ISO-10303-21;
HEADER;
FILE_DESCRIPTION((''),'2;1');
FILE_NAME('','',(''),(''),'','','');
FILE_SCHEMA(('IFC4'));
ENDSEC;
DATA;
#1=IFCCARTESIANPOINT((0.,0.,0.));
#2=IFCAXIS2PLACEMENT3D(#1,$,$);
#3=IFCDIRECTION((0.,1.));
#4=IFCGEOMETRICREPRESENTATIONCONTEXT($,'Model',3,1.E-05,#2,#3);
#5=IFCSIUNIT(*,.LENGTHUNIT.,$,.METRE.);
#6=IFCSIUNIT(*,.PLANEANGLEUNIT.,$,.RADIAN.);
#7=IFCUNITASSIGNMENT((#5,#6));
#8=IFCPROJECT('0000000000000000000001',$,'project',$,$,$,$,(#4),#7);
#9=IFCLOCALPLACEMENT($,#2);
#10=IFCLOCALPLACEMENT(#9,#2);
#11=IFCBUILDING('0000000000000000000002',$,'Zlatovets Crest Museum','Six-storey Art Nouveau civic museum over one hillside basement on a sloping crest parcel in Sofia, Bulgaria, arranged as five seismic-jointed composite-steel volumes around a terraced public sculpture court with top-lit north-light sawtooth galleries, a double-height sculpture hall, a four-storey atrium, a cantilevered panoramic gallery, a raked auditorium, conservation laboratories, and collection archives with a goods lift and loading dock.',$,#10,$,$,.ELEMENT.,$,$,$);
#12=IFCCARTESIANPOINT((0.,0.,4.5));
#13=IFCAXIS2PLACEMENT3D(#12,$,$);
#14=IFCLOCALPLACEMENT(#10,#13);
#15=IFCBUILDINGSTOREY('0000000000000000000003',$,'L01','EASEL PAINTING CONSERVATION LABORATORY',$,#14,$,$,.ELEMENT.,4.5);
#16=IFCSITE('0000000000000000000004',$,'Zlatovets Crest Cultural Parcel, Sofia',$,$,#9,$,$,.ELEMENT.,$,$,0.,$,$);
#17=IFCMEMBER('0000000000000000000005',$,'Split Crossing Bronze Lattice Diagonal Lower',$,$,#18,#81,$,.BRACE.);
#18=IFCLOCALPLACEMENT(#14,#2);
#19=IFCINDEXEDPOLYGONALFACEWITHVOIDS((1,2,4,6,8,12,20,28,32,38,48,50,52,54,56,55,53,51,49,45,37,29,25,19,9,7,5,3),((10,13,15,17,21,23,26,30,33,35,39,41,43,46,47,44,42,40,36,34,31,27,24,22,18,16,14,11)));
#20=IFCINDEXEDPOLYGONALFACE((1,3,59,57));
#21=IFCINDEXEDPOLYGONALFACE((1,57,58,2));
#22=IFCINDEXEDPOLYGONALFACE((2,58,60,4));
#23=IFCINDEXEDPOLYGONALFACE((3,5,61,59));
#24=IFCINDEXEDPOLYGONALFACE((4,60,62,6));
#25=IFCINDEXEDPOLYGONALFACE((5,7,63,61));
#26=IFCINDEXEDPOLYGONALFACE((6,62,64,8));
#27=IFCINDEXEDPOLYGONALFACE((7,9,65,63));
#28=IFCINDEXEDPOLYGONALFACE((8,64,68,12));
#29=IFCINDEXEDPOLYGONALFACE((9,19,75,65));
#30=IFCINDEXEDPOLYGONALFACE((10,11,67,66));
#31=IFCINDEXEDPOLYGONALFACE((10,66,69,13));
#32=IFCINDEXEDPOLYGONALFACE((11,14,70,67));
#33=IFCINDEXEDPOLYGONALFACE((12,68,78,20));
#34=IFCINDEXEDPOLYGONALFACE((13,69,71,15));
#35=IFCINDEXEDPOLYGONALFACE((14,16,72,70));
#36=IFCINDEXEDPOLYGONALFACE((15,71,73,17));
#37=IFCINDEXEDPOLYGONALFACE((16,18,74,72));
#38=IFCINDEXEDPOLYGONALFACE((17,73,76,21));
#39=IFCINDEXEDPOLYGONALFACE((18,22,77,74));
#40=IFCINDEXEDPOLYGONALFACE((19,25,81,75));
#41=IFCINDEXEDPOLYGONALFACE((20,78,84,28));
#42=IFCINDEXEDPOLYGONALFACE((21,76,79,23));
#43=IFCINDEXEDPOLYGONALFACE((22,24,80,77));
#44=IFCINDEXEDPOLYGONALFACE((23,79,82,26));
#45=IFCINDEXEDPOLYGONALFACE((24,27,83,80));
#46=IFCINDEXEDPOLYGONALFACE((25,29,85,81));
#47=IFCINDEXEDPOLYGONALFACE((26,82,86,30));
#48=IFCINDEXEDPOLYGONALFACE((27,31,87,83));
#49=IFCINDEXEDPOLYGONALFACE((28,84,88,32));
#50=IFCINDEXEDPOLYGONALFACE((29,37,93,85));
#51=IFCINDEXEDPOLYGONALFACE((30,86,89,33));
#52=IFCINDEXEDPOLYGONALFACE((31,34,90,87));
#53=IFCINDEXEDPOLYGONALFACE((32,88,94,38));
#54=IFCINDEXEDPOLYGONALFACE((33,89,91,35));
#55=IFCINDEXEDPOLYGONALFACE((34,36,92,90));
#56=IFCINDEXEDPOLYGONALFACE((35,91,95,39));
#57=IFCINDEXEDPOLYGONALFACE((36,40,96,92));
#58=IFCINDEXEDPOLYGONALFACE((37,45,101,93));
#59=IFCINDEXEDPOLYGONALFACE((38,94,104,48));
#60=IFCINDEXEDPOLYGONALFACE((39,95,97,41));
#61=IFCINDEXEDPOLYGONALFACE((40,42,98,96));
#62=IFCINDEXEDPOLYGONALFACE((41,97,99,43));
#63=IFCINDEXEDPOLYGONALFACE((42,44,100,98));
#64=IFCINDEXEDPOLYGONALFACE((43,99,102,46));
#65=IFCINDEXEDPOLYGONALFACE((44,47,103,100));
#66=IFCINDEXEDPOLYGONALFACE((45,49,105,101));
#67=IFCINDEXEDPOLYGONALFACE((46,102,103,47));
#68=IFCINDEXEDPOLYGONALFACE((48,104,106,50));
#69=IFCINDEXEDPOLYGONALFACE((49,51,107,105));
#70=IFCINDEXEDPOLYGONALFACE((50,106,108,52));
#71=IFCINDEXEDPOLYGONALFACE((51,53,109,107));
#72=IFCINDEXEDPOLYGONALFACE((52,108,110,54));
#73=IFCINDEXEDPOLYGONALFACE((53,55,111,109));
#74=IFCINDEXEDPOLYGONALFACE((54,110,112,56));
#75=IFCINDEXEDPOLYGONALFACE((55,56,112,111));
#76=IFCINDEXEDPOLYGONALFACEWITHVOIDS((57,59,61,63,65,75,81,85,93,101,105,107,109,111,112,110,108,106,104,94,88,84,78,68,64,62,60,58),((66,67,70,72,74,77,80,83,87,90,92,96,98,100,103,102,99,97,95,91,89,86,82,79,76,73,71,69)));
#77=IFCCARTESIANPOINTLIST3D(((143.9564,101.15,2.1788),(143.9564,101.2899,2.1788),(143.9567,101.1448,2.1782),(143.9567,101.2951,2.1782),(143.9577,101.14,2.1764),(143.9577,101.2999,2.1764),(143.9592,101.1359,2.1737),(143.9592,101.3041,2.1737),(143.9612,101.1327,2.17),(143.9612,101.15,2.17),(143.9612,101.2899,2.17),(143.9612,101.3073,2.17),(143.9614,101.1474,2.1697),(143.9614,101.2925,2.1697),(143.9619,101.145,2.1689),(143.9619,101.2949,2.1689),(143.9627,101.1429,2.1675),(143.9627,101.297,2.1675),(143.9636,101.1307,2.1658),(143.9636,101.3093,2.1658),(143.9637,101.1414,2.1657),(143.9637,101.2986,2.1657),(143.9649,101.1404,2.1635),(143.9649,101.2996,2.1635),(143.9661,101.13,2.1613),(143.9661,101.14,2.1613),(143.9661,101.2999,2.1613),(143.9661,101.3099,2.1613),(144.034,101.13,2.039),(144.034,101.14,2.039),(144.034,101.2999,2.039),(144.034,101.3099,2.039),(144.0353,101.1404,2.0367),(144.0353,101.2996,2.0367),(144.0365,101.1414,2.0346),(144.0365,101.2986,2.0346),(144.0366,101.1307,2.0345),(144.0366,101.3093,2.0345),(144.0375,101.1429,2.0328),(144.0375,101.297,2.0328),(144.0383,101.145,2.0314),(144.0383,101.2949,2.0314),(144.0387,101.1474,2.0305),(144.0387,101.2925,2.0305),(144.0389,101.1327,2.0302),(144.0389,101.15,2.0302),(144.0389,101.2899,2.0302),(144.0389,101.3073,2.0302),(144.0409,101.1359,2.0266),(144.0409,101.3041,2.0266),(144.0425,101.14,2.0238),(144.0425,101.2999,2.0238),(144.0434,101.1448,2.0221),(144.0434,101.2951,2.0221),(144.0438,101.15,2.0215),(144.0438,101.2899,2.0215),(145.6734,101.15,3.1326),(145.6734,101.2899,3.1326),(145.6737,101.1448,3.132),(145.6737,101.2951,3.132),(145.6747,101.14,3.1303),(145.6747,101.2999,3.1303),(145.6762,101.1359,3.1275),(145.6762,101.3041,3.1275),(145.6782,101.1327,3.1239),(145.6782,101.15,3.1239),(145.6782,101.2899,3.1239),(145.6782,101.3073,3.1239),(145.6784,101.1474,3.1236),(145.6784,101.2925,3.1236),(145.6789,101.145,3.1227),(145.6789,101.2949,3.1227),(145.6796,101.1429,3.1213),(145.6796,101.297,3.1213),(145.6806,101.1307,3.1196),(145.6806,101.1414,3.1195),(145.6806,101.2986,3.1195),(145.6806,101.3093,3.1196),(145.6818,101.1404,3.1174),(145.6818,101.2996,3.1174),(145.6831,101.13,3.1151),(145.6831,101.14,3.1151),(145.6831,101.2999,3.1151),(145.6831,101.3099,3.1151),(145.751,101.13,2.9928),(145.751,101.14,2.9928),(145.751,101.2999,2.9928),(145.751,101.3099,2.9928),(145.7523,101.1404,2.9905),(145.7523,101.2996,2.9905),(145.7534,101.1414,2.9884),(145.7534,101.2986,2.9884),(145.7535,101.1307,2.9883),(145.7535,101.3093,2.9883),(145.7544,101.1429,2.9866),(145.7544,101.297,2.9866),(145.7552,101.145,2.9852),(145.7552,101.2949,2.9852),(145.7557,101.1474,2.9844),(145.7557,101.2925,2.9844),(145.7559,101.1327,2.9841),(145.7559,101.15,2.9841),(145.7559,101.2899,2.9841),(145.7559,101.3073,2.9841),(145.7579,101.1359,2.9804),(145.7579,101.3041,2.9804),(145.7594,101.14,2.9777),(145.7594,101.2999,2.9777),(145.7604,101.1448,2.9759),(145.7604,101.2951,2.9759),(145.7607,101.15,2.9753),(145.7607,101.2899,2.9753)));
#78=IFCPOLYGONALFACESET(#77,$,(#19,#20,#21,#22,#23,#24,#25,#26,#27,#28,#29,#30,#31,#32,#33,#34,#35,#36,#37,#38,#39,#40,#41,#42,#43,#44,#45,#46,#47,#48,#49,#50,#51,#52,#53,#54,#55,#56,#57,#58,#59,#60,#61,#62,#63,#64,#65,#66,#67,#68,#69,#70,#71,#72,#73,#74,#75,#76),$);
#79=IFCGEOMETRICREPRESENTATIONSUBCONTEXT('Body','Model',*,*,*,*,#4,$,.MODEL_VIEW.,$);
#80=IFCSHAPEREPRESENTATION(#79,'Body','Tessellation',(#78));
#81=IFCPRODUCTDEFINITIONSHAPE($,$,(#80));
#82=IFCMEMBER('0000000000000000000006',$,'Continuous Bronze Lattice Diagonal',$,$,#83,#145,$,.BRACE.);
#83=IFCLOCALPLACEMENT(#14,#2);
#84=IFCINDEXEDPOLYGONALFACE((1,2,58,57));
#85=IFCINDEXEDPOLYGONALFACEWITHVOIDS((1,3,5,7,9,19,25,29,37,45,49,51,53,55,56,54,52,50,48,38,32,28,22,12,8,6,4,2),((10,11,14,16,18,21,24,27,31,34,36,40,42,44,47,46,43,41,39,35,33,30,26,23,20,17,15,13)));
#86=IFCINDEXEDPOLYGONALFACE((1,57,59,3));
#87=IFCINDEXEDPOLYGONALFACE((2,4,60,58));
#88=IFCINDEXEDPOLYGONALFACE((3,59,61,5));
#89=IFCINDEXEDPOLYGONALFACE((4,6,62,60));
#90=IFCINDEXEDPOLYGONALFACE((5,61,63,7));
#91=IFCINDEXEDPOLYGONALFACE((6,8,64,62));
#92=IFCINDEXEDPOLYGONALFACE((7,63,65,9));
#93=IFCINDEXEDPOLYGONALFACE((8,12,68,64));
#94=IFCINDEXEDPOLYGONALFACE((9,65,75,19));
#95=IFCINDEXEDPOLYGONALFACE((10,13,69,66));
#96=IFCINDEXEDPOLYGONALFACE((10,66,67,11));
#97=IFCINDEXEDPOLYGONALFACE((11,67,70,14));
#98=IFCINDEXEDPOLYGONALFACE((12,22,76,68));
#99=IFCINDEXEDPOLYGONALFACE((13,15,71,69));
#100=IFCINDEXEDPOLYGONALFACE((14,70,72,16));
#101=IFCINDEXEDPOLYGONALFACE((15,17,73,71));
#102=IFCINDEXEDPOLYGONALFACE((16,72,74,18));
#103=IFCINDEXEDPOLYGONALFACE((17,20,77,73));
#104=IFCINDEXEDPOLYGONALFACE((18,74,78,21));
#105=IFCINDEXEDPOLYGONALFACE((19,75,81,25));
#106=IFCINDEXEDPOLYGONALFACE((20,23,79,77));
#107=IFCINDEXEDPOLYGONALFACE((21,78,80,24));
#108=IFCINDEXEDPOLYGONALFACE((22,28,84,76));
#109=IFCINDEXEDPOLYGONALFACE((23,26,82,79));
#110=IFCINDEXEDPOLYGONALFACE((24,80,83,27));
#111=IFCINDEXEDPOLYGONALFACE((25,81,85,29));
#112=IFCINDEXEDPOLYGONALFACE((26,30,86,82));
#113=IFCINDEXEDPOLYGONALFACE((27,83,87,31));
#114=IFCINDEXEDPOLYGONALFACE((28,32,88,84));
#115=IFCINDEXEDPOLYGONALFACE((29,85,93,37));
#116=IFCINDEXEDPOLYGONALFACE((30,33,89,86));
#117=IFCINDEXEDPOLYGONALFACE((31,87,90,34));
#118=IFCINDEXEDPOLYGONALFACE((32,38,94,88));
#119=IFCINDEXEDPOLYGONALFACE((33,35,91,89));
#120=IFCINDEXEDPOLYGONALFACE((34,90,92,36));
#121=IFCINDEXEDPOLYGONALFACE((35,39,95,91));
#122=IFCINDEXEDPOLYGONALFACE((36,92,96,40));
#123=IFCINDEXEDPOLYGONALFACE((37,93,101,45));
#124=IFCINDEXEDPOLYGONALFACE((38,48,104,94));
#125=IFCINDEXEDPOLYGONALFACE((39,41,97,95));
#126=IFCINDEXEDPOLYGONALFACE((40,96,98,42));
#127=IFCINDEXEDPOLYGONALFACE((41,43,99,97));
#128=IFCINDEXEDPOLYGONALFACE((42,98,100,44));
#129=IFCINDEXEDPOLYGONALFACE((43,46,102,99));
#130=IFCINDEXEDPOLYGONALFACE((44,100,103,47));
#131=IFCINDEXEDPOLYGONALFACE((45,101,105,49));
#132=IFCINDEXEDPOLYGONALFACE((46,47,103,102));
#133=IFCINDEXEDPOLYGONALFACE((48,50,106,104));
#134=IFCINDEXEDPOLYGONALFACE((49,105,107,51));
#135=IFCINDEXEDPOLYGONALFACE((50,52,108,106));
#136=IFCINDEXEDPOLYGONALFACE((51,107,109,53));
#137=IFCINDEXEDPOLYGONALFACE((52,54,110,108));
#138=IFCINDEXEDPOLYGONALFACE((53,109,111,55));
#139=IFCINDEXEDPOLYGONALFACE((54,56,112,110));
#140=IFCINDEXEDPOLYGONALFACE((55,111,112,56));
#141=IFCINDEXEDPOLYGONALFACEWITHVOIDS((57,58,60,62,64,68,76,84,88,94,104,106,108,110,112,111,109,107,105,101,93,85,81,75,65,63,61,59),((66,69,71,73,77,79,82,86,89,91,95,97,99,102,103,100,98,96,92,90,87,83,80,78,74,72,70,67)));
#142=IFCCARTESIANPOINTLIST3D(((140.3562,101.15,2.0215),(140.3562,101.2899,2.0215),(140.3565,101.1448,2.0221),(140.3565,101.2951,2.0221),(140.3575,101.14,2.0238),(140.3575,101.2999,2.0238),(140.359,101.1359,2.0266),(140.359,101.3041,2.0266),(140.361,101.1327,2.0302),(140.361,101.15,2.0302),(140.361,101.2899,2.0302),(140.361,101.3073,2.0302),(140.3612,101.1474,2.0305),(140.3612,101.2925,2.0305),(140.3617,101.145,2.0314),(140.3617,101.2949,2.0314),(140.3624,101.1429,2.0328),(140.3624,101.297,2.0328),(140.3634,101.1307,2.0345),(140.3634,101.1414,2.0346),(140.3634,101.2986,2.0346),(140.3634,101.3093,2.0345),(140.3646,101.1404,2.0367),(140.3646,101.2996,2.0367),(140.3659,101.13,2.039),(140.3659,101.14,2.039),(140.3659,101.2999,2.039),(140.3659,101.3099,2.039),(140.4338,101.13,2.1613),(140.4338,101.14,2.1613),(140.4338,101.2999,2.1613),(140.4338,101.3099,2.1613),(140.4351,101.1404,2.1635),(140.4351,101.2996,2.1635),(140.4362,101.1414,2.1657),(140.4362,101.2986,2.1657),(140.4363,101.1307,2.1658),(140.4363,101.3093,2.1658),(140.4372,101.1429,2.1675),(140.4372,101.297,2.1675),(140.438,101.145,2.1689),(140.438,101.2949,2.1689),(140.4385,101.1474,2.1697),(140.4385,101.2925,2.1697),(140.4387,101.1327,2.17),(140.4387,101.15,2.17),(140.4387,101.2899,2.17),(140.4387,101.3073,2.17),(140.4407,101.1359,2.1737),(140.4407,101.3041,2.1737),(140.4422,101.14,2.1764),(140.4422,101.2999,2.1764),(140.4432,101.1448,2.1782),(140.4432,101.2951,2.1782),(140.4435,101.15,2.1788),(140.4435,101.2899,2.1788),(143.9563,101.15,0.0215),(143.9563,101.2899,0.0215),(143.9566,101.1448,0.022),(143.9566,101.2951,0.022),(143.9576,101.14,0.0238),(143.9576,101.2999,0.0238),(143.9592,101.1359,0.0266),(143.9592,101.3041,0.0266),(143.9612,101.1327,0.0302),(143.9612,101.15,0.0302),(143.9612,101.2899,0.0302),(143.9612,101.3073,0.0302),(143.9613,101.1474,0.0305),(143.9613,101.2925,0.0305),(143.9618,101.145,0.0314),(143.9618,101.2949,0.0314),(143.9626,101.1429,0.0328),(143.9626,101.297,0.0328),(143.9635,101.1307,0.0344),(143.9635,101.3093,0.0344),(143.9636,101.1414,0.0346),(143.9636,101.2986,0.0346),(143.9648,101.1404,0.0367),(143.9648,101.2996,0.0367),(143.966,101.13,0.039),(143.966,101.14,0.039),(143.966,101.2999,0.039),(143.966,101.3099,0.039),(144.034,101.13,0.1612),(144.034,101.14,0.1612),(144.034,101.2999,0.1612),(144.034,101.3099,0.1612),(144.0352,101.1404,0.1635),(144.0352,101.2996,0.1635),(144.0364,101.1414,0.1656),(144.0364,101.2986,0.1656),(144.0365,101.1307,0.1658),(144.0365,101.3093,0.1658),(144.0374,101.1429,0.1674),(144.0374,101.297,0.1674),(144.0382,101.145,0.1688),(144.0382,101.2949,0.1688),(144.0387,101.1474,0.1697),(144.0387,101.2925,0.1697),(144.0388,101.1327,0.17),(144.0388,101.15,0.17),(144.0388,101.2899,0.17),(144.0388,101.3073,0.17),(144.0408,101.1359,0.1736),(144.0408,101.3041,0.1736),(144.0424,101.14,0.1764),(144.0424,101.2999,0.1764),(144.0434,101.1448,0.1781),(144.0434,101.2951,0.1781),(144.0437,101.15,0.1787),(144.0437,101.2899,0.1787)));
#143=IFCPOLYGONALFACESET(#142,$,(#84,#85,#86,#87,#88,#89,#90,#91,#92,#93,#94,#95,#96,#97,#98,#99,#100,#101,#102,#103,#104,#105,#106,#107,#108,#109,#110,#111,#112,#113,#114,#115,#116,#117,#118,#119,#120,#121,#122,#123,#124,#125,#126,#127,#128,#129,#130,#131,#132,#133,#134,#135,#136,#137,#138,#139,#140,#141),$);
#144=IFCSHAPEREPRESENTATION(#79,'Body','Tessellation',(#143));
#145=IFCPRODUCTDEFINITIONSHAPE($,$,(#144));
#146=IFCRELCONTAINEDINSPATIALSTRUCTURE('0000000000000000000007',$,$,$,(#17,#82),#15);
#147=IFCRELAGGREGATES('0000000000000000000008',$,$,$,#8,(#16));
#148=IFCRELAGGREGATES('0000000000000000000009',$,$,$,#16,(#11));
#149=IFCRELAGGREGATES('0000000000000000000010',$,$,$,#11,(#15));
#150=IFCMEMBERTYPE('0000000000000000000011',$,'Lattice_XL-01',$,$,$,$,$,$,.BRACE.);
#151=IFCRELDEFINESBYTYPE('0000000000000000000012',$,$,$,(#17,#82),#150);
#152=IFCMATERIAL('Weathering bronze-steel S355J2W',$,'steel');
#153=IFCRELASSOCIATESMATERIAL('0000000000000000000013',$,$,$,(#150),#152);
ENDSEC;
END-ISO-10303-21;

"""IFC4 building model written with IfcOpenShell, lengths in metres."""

from ifc_helpers import new_model, si_unit, direction, frame, origin, origin_2d, place, context, subcontext, project, spatial, hollow_rectangle, extrude, material, material_profile, profile_set, type_object, element, save


model = new_model("IFC4")

# Units and contexts
model_context = context("Model", 3, precision=1e-05, world=origin(), true_north=direction((0.0, 1.0)))
body_context = subcontext(model_context, "Body", "Model", "MODEL_VIEW")
ifc_project = project(units=[si_unit("LENGTHUNIT", "METRE"), si_unit("PLANEANGLEUNIT", "RADIAN")], contexts=[model_context])

# Site, building, storey
site_placement = place(None, origin())
site = spatial("IfcSite", under=ifc_project, at=site_placement, Name="Zlatovets Crest Cultural Parcel, Sofia", CompositionType="ELEMENT", RefElevation=0.0)
building_placement = place(site_placement, origin())
building = spatial("IfcBuilding", under=site, at=building_placement, Name="Zlatovets Crest Museum", Description="Six-storey Art Nouveau civic museum over one hillside basement on a sloping crest parcel in Sofia, Bulgaria, arranged as five seismic-jointed composite-steel volumes around a terraced public sculpture court with top-lit north-light sawtooth galleries, a double-height sculpture hall, a four-storey atrium, a cantilevered panoramic gallery, a raked auditorium, conservation laboratories, and collection archives with a goods lift and loading dock.", CompositionType="ELEMENT")
storey_placement = place(building_placement, frame((0.0, 0.0, 4.5)))
storey = spatial("IfcBuildingStorey", under=building, at=storey_placement, Name="L01", Description="EASEL PAINTING CONSERVATION LABORATORY", CompositionType="ELEMENT", Elevation=4.5)

# Members
ifc_material_1 = material(Name="Weathering bronze-steel S355J2W", Category="steel")
ifc_material_profile_1 = material_profile(ifc_material_1, hollow_rectangle(XDim=0.1799, YDim=0.1799, WallThickness=0.01, InnerFilletRadius=0.01, OuterFilletRadius=0.02, at=origin_2d()), Name="SHS 180x180x10.0")
ifc_profile_set_1 = profile_set([ifc_material_profile_1], Name="Weathering bronze-steel S355J2W")
member_type_1 = type_object("IfcMemberType", Name="Lattice_XL-01", PredefinedType="BRACE", material=ifc_profile_set_1)
member_1_placement = place(storey_placement, frame((145.717, 101.22, 3.054), z_axis=(-0.874169, 0.0, -0.485622), x_axis=(0.0, -1.0, 0.0)))
element("IfcMember", 1, at=member_1_placement, inside=storey, type_object=member_type_1, Name="Split Crossing Bronze Lattice Diagonal Lower", PredefinedType="BRACE", context=body_context, shape_type="SweptSolid", body=[
    extrude(hollow_rectangle(XDim=0.1799, YDim=0.1799, WallThickness=0.01, InnerFilletRadius=0.01, OuterFilletRadius=0.02, at=origin_2d()), origin(), (0.0, 0.0, 1.0), 1.9641),
])
member_2_placement = place(storey_placement, frame((144.0, 101.22, 0.1001), z_axis=(-0.874163, 0.0, 0.485633), x_axis=(0.0, -1.0, 0.0)))
element("IfcMember", 2, at=member_2_placement, inside=storey, type_object=member_type_1, Name="Continuous Bronze Lattice Diagonal", PredefinedType="BRACE", context=body_context, shape_type="SweptSolid", body=[
    extrude(hollow_rectangle(XDim=0.1799, YDim=0.1799, WallThickness=0.01, InnerFilletRadius=0.01, OuterFilletRadius=0.02, at=origin_2d()), origin(), (0.0, 0.0, 1.0), 4.1184),
])

save(model, "model.ifc")
